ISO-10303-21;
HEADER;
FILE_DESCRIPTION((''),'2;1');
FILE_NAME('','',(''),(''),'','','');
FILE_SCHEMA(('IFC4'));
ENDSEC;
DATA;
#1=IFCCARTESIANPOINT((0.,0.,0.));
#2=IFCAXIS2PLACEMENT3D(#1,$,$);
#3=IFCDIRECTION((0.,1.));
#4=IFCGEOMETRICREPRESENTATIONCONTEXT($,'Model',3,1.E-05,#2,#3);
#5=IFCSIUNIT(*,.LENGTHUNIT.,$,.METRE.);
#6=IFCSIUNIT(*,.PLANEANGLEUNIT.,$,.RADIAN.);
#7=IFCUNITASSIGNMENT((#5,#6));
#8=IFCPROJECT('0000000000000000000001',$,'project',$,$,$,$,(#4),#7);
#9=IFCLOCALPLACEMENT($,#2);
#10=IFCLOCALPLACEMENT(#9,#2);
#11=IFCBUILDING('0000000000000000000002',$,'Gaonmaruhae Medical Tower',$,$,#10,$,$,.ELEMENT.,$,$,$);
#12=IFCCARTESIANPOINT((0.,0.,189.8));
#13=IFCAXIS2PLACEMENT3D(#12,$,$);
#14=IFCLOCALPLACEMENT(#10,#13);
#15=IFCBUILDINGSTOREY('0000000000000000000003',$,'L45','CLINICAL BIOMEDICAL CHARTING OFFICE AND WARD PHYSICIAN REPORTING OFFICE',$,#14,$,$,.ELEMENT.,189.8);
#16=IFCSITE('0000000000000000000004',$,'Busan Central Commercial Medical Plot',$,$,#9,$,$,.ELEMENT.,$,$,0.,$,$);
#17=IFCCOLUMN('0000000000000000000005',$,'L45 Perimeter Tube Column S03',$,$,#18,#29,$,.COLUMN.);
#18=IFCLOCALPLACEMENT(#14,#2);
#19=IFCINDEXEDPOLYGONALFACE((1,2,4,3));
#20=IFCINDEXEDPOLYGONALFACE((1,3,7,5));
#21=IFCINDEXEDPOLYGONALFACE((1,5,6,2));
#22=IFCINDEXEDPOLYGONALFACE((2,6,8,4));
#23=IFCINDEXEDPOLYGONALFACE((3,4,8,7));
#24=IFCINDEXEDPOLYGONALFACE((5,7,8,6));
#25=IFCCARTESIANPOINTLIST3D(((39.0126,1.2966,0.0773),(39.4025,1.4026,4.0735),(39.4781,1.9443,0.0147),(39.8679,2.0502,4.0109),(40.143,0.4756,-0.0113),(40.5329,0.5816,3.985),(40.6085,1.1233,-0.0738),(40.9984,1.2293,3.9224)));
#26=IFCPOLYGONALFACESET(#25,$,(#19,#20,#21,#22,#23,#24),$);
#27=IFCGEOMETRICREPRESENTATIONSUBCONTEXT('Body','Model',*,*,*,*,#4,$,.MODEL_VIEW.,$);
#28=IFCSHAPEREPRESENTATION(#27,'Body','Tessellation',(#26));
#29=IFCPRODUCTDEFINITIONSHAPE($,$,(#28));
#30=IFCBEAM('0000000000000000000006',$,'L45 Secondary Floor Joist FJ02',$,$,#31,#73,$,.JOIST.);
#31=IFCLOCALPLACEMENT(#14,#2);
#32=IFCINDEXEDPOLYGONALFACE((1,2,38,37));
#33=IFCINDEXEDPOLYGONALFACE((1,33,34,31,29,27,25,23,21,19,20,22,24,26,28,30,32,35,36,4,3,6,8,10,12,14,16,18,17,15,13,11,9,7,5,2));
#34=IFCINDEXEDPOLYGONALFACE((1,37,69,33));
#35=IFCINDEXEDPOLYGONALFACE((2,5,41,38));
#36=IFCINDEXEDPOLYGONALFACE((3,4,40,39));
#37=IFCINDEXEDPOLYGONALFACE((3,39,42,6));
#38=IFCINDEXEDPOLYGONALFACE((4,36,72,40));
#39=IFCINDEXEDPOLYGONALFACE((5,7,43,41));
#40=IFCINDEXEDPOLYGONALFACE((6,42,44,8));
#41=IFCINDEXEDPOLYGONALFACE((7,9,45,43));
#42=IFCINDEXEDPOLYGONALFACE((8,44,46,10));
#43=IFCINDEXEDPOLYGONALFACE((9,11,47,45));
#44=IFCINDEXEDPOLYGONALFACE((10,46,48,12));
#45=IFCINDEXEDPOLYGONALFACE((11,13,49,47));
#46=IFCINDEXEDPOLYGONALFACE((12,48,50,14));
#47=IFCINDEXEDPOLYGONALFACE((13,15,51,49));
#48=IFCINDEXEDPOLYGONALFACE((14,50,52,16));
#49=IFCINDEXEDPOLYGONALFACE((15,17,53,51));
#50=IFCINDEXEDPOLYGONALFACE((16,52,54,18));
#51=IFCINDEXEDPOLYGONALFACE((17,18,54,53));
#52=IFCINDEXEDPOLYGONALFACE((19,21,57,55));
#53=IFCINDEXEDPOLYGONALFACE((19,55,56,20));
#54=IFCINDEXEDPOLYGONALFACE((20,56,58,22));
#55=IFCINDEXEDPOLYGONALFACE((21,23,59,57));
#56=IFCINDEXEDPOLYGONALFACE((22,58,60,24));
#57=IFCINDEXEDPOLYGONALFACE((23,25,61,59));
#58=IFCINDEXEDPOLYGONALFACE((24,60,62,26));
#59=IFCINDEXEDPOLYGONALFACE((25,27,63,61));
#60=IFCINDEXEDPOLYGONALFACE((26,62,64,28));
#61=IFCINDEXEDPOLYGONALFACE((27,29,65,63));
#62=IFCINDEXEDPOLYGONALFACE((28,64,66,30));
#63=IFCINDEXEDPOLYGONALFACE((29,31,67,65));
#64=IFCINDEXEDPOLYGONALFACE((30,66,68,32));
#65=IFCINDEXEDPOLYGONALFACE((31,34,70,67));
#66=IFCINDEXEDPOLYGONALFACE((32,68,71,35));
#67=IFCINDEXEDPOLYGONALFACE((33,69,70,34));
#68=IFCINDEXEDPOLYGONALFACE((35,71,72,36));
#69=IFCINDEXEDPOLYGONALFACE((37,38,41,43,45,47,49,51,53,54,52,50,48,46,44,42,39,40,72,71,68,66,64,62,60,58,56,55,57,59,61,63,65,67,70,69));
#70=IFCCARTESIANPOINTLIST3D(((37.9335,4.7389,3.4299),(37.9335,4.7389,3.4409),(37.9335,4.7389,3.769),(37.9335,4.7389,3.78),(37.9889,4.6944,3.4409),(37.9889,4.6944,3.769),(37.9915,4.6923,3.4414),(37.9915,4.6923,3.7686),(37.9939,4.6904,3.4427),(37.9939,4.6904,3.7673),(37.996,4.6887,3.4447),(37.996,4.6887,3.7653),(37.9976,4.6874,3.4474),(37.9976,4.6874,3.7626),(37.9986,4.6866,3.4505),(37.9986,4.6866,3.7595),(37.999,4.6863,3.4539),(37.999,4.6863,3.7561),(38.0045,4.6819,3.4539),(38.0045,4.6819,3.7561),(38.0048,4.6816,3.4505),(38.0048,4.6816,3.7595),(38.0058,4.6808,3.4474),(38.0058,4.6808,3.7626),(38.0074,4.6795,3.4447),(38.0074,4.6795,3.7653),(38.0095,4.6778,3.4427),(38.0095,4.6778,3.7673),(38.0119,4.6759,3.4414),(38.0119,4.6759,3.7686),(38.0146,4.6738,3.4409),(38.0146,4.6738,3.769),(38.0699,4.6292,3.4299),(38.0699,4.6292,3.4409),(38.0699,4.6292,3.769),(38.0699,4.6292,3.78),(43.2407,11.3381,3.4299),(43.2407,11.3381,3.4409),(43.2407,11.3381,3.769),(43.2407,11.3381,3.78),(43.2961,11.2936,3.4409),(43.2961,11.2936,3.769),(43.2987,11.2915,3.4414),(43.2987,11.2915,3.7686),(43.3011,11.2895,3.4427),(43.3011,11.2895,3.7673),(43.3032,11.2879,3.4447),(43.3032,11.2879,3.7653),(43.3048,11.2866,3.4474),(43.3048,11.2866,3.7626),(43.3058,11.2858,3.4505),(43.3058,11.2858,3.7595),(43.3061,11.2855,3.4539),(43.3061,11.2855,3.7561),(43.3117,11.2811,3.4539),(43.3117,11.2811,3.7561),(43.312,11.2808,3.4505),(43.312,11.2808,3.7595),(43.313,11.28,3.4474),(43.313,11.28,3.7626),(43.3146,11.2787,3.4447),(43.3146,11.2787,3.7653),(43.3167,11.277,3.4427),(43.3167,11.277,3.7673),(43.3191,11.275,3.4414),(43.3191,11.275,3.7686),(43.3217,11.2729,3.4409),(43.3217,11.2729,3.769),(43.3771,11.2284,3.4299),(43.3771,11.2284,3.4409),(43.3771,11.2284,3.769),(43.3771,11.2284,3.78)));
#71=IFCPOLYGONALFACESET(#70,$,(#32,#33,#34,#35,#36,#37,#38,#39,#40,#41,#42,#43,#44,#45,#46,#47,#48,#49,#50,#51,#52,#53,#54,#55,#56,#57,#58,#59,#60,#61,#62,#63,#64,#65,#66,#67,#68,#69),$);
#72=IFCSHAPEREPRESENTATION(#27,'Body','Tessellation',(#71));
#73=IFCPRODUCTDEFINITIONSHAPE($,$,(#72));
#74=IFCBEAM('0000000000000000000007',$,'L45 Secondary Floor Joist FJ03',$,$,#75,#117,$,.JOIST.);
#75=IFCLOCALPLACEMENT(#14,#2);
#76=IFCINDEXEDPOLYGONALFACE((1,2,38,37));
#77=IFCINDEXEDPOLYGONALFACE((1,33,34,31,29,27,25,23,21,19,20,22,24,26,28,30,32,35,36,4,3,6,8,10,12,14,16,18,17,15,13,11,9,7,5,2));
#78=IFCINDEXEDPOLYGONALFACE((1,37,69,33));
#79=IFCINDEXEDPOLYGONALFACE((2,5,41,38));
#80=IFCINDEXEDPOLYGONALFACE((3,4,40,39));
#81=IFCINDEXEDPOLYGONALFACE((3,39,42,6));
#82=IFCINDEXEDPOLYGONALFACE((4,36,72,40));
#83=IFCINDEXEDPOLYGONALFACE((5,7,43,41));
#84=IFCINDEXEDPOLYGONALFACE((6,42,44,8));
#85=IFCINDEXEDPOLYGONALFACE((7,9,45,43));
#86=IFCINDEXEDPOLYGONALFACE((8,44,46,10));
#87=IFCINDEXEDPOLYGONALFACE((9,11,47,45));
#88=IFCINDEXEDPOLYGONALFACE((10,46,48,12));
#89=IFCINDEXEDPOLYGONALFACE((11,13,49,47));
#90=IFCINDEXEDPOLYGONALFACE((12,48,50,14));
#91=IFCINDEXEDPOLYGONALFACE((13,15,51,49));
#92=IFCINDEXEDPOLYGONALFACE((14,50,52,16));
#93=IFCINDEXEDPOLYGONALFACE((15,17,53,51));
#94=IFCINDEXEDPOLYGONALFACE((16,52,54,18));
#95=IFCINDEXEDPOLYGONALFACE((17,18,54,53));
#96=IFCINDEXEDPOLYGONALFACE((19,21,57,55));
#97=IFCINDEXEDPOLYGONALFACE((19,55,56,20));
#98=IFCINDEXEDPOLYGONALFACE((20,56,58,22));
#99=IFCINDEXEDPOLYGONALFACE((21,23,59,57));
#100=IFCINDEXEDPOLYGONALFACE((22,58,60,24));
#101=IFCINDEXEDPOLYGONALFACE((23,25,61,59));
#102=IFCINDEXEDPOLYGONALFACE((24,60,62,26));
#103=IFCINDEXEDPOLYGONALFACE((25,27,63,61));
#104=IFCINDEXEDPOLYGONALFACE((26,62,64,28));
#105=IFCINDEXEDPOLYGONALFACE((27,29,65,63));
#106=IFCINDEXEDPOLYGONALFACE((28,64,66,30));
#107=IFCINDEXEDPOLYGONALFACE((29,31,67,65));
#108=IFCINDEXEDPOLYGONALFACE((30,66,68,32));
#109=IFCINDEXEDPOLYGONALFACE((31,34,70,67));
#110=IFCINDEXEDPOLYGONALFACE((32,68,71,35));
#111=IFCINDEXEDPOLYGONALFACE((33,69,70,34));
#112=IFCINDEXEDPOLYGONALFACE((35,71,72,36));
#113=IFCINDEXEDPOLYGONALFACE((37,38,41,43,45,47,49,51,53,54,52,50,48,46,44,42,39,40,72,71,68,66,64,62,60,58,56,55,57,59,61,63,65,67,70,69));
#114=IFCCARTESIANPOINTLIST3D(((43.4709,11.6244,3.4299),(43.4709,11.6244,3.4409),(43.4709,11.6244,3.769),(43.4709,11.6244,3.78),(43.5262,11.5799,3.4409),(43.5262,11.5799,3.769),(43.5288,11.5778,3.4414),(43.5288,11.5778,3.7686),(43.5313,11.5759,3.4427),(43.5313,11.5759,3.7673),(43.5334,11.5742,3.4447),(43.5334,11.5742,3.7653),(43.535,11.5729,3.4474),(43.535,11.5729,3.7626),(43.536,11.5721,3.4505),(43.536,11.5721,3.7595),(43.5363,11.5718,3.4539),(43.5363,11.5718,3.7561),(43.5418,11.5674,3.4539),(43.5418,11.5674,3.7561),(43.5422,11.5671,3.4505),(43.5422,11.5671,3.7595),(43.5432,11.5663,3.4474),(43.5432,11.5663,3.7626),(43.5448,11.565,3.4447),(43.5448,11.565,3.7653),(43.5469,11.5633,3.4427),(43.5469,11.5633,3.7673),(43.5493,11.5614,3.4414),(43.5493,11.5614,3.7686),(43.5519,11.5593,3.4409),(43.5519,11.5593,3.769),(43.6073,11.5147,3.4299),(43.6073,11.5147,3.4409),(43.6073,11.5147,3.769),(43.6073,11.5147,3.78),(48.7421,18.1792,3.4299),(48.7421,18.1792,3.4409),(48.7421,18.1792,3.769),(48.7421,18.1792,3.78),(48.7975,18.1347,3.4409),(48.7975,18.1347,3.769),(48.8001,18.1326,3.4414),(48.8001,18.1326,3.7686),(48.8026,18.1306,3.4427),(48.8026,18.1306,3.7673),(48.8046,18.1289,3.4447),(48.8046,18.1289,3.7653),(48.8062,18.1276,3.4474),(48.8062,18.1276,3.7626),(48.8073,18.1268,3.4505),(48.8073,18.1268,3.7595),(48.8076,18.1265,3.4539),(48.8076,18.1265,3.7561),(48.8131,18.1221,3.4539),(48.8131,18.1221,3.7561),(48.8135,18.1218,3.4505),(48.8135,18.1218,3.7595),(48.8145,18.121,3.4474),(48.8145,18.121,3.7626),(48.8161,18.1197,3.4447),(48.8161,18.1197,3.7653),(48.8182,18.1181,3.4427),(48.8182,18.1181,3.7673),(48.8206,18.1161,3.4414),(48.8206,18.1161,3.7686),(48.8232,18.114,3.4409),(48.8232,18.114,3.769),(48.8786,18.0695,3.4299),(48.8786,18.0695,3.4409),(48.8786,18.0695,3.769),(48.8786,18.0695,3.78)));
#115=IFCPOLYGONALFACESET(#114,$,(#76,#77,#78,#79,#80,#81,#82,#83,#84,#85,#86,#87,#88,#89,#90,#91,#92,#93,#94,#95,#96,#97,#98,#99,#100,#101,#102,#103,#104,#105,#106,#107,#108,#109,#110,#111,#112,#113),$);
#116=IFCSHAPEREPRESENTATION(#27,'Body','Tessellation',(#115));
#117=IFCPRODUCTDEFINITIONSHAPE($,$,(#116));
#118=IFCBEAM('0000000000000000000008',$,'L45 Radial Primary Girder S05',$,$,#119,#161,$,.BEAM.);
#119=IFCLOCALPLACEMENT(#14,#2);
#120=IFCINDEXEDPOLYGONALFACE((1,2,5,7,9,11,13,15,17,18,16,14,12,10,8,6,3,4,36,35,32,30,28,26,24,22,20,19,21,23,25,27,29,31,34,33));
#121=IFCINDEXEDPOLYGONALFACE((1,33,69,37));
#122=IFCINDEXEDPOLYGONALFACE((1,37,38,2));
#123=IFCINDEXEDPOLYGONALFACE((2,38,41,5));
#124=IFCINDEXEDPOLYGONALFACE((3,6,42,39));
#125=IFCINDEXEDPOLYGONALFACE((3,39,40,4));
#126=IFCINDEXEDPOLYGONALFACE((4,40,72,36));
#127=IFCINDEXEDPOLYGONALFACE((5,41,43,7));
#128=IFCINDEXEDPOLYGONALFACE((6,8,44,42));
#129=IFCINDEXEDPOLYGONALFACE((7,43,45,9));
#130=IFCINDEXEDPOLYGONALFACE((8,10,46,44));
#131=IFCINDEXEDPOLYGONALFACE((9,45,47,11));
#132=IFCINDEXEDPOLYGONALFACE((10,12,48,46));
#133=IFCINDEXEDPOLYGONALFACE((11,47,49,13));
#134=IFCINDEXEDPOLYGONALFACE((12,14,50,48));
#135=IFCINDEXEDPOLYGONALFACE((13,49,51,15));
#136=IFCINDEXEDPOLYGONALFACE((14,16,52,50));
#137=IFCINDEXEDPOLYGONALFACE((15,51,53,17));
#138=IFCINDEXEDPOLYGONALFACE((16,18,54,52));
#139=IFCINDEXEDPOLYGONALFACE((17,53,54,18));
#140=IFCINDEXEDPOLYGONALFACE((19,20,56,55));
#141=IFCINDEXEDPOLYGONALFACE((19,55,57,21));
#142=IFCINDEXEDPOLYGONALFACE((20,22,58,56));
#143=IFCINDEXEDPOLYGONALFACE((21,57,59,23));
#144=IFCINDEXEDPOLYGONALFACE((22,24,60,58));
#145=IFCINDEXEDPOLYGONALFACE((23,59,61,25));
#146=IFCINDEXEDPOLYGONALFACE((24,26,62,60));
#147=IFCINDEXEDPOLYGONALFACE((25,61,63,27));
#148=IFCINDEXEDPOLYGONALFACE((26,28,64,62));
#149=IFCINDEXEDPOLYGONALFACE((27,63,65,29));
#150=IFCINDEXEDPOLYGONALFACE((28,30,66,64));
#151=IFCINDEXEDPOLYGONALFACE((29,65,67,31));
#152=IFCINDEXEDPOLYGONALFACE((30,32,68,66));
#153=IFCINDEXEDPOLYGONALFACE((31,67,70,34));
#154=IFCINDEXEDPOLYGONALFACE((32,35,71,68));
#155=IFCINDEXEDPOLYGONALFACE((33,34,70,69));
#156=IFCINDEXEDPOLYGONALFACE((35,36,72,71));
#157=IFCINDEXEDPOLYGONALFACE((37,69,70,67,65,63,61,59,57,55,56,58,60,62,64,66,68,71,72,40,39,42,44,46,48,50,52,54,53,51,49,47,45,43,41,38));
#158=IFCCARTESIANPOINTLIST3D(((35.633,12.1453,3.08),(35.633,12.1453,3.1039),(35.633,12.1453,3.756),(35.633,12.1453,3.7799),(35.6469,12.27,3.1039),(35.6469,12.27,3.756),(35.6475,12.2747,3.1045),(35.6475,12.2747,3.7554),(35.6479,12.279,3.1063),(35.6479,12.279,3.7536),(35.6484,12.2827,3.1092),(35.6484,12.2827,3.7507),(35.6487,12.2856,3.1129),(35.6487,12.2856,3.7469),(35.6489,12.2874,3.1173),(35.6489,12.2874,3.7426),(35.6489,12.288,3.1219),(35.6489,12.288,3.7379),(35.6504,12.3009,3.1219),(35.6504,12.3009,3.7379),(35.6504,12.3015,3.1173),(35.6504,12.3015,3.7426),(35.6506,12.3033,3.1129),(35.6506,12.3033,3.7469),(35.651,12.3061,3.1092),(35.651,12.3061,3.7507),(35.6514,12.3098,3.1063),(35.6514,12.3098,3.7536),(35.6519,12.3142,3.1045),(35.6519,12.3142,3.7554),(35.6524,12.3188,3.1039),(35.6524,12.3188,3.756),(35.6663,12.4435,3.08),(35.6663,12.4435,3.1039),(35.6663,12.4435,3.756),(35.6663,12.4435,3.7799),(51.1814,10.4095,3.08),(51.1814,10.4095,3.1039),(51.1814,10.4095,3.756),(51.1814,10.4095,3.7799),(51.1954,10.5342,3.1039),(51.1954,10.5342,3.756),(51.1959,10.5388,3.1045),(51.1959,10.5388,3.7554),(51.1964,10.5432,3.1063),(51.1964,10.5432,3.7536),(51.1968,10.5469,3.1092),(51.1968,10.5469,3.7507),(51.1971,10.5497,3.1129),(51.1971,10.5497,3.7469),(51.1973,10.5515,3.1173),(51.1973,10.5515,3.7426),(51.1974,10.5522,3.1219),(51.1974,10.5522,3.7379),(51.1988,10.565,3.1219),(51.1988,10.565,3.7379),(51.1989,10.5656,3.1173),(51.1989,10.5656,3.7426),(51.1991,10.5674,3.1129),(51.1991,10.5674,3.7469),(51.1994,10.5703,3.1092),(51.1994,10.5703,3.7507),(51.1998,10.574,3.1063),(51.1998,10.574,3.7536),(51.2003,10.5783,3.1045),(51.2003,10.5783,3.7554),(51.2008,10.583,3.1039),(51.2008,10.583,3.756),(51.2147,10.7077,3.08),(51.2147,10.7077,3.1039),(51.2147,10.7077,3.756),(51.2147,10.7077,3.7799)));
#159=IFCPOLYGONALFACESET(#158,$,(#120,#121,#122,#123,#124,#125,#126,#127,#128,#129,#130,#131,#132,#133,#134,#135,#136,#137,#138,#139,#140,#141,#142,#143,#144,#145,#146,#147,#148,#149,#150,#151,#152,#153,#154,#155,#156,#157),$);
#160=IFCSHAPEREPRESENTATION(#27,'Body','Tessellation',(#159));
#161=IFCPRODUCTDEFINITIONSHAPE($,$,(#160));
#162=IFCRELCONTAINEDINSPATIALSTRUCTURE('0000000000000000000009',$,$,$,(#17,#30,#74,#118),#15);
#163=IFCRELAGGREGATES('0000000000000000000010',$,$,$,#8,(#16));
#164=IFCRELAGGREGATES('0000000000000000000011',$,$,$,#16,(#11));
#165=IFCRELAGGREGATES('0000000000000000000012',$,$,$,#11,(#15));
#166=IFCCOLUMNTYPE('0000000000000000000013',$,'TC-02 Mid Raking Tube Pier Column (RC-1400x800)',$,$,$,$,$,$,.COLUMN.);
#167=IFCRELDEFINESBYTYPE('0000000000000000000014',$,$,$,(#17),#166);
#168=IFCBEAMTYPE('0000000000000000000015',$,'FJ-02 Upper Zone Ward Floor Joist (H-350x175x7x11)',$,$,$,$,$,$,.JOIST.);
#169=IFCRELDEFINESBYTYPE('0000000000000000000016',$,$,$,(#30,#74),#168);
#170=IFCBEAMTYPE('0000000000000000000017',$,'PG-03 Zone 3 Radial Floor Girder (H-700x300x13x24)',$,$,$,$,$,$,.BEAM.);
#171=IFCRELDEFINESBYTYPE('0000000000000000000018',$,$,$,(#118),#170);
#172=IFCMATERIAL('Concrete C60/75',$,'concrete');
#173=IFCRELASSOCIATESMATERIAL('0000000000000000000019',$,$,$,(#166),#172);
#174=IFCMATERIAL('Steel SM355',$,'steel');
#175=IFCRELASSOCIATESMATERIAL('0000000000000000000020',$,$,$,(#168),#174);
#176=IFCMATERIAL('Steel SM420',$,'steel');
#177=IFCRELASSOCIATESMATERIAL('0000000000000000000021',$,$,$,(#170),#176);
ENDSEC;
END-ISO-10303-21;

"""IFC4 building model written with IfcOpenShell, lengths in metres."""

from ifc_helpers import new_model, si_unit, direction, frame, origin, origin_2d, place, context, subcontext, project, spatial, rectangle, i_section, extrude, material, material_profile, profile_set, type_object, element, save


model = new_model("IFC4")

# Units and contexts
model_context = context("Model", 3, precision=1e-05, world=origin(), true_north=direction((0.0, 1.0)))
body_context = subcontext(model_context, "Body", "Model", "MODEL_VIEW")
ifc_project = project(units=[si_unit("LENGTHUNIT", "METRE"), si_unit("PLANEANGLEUNIT", "RADIAN")], contexts=[model_context])

# Site, building, storey
site_placement = place(None, origin())
site = spatial("IfcSite", under=ifc_project, at=site_placement, Name="Busan Central Commercial Medical Plot", CompositionType="ELEMENT", RefElevation=0.0)
building_placement = place(site_placement, origin())
building = spatial("IfcBuilding", under=site, at=building_placement, Name="Gaonmaruhae Medical Tower", CompositionType="ELEMENT")
storey_placement = place(building_placement, frame((0.0, 0.0, 189.8)))
storey = spatial("IfcBuildingStorey", under=building, at=storey_placement, Name="L45", Description="CLINICAL BIOMEDICAL CHARTING OFFICE AND WARD PHYSICIAN REPORTING OFFICE", CompositionType="ELEMENT", Elevation=189.8)

# Column
ifc_material_1 = material(Name="Concrete C60/75", Category="concrete")
ifc_material_profile_1 = material_profile(ifc_material_1, rectangle(XDim=1.3999, YDim=0.8, at=origin_2d()), Name="RC-1400x800")
ifc_profile_set_1 = profile_set([ifc_material_profile_1], Name="Concrete C60/75")
column_type = type_object("IfcColumnType", Name="TC-02 Mid Raking Tube Pier Column (RC-1400x800)", PredefinedType="COLUMN", material=ifc_profile_set_1)
column_placement = place(storey_placement, frame((39.8105, 1.21, 0.0017), z_axis=(0.097068, 0.026379, 0.994928), x_axis=(-0.807512, 0.586452, 0.063234)))
element("IfcColumn", 1, at=column_placement, inside=storey, type_object=column_type, Name="L45 Perimeter Tube Column S03", PredefinedType="COLUMN", context=body_context, shape_type="SweptSolid", body=[
    extrude(rectangle(XDim=1.3999, YDim=0.8, at=origin_2d()), origin(), (0.0, 0.0, 1.0), 4.0166),
])

# Beams
ifc_material_2 = material(Name="Steel SM355", Category="steel")
ifc_material_profile_2 = material_profile(ifc_material_2, i_section(OverallWidth=0.175, OverallDepth=0.3501, WebThickness=0.0071, FlangeThickness=0.011, FilletRadius=0.0129, at=origin_2d()), Name="H-350x175x7x11")
ifc_profile_set_2 = profile_set([ifc_material_profile_2], Name="Steel SM355")
beam_type_1 = type_object("IfcBeamType", Name="FJ-02 Upper Zone Ward Floor Joist (H-350x175x7x11)", PredefinedType="JOIST", material=ifc_profile_set_2)
beam_1_placement = place(storey_placement, frame((38.0017, 4.6841, 3.605), z_axis=(0.626697, 0.779263, 0.0), x_axis=(-0.779263, 0.626697, 0.0)))
element("IfcBeam", 2, at=beam_1_placement, inside=storey, type_object=beam_type_1, Name="L45 Secondary Floor Joist FJ02", PredefinedType="JOIST", context=body_context, shape_type="SweptSolid", body=[
    extrude(i_section(OverallWidth=0.175, OverallDepth=0.3501, WebThickness=0.0071, FlangeThickness=0.011, FilletRadius=0.0129, at=origin_2d()), origin(), (0.0, 0.0, 1.0), 8.4685),
])
beam_2_placement = place(storey_placement, frame((43.5391, 11.5696, 3.605), z_axis=(0.626686, 0.779272, 0.0), x_axis=(-0.779272, 0.626686, 0.0)))
element("IfcBeam", 3, at=beam_2_placement, inside=storey, type_object=beam_type_1, Name="L45 Secondary Floor Joist FJ03", PredefinedType="JOIST", context=body_context, shape_type="SweptSolid", body=[
    extrude(i_section(OverallWidth=0.175, OverallDepth=0.3501, WebThickness=0.0071, FlangeThickness=0.011, FilletRadius=0.0129, at=origin_2d()), origin(), (0.0, 0.0, 1.0), 8.4114),
])
ifc_material_3 = material(Name="Steel SM420", Category="steel")
ifc_material_profile_3 = material_profile(ifc_material_3, i_section(OverallWidth=0.3, OverallDepth=0.7, WebThickness=0.0129, FlangeThickness=0.0239, FilletRadius=0.0181, at=origin_2d()), Name="H-700x300x13x24")
ifc_profile_set_3 = profile_set([ifc_material_profile_3], Name="Steel SM420")
beam_type_2 = type_object("IfcBeamType", Name="PG-03 Zone 3 Radial Floor Girder (H-700x300x13x24)", PredefinedType="BEAM", material=ifc_profile_set_3)
beam_3_placement = place(storey_placement, frame((35.6497, 12.2944, 3.4299), z_axis=(0.993826, -0.110952, 0.0), x_axis=(0.110952, 0.993826, 0.0)))
element("IfcBeam", 4, at=beam_3_placement, inside=storey, type_object=beam_type_2, Name="L45 Radial Primary Girder S05", PredefinedType="BEAM", context=body_context, shape_type="SweptSolid", body=[
    extrude(i_section(OverallWidth=0.3, OverallDepth=0.7, WebThickness=0.0129, FlangeThickness=0.0239, FilletRadius=0.0181, at=origin_2d()), origin(), (0.0, 0.0, 1.0), 15.645),
])

save(model, "model.ifc")
